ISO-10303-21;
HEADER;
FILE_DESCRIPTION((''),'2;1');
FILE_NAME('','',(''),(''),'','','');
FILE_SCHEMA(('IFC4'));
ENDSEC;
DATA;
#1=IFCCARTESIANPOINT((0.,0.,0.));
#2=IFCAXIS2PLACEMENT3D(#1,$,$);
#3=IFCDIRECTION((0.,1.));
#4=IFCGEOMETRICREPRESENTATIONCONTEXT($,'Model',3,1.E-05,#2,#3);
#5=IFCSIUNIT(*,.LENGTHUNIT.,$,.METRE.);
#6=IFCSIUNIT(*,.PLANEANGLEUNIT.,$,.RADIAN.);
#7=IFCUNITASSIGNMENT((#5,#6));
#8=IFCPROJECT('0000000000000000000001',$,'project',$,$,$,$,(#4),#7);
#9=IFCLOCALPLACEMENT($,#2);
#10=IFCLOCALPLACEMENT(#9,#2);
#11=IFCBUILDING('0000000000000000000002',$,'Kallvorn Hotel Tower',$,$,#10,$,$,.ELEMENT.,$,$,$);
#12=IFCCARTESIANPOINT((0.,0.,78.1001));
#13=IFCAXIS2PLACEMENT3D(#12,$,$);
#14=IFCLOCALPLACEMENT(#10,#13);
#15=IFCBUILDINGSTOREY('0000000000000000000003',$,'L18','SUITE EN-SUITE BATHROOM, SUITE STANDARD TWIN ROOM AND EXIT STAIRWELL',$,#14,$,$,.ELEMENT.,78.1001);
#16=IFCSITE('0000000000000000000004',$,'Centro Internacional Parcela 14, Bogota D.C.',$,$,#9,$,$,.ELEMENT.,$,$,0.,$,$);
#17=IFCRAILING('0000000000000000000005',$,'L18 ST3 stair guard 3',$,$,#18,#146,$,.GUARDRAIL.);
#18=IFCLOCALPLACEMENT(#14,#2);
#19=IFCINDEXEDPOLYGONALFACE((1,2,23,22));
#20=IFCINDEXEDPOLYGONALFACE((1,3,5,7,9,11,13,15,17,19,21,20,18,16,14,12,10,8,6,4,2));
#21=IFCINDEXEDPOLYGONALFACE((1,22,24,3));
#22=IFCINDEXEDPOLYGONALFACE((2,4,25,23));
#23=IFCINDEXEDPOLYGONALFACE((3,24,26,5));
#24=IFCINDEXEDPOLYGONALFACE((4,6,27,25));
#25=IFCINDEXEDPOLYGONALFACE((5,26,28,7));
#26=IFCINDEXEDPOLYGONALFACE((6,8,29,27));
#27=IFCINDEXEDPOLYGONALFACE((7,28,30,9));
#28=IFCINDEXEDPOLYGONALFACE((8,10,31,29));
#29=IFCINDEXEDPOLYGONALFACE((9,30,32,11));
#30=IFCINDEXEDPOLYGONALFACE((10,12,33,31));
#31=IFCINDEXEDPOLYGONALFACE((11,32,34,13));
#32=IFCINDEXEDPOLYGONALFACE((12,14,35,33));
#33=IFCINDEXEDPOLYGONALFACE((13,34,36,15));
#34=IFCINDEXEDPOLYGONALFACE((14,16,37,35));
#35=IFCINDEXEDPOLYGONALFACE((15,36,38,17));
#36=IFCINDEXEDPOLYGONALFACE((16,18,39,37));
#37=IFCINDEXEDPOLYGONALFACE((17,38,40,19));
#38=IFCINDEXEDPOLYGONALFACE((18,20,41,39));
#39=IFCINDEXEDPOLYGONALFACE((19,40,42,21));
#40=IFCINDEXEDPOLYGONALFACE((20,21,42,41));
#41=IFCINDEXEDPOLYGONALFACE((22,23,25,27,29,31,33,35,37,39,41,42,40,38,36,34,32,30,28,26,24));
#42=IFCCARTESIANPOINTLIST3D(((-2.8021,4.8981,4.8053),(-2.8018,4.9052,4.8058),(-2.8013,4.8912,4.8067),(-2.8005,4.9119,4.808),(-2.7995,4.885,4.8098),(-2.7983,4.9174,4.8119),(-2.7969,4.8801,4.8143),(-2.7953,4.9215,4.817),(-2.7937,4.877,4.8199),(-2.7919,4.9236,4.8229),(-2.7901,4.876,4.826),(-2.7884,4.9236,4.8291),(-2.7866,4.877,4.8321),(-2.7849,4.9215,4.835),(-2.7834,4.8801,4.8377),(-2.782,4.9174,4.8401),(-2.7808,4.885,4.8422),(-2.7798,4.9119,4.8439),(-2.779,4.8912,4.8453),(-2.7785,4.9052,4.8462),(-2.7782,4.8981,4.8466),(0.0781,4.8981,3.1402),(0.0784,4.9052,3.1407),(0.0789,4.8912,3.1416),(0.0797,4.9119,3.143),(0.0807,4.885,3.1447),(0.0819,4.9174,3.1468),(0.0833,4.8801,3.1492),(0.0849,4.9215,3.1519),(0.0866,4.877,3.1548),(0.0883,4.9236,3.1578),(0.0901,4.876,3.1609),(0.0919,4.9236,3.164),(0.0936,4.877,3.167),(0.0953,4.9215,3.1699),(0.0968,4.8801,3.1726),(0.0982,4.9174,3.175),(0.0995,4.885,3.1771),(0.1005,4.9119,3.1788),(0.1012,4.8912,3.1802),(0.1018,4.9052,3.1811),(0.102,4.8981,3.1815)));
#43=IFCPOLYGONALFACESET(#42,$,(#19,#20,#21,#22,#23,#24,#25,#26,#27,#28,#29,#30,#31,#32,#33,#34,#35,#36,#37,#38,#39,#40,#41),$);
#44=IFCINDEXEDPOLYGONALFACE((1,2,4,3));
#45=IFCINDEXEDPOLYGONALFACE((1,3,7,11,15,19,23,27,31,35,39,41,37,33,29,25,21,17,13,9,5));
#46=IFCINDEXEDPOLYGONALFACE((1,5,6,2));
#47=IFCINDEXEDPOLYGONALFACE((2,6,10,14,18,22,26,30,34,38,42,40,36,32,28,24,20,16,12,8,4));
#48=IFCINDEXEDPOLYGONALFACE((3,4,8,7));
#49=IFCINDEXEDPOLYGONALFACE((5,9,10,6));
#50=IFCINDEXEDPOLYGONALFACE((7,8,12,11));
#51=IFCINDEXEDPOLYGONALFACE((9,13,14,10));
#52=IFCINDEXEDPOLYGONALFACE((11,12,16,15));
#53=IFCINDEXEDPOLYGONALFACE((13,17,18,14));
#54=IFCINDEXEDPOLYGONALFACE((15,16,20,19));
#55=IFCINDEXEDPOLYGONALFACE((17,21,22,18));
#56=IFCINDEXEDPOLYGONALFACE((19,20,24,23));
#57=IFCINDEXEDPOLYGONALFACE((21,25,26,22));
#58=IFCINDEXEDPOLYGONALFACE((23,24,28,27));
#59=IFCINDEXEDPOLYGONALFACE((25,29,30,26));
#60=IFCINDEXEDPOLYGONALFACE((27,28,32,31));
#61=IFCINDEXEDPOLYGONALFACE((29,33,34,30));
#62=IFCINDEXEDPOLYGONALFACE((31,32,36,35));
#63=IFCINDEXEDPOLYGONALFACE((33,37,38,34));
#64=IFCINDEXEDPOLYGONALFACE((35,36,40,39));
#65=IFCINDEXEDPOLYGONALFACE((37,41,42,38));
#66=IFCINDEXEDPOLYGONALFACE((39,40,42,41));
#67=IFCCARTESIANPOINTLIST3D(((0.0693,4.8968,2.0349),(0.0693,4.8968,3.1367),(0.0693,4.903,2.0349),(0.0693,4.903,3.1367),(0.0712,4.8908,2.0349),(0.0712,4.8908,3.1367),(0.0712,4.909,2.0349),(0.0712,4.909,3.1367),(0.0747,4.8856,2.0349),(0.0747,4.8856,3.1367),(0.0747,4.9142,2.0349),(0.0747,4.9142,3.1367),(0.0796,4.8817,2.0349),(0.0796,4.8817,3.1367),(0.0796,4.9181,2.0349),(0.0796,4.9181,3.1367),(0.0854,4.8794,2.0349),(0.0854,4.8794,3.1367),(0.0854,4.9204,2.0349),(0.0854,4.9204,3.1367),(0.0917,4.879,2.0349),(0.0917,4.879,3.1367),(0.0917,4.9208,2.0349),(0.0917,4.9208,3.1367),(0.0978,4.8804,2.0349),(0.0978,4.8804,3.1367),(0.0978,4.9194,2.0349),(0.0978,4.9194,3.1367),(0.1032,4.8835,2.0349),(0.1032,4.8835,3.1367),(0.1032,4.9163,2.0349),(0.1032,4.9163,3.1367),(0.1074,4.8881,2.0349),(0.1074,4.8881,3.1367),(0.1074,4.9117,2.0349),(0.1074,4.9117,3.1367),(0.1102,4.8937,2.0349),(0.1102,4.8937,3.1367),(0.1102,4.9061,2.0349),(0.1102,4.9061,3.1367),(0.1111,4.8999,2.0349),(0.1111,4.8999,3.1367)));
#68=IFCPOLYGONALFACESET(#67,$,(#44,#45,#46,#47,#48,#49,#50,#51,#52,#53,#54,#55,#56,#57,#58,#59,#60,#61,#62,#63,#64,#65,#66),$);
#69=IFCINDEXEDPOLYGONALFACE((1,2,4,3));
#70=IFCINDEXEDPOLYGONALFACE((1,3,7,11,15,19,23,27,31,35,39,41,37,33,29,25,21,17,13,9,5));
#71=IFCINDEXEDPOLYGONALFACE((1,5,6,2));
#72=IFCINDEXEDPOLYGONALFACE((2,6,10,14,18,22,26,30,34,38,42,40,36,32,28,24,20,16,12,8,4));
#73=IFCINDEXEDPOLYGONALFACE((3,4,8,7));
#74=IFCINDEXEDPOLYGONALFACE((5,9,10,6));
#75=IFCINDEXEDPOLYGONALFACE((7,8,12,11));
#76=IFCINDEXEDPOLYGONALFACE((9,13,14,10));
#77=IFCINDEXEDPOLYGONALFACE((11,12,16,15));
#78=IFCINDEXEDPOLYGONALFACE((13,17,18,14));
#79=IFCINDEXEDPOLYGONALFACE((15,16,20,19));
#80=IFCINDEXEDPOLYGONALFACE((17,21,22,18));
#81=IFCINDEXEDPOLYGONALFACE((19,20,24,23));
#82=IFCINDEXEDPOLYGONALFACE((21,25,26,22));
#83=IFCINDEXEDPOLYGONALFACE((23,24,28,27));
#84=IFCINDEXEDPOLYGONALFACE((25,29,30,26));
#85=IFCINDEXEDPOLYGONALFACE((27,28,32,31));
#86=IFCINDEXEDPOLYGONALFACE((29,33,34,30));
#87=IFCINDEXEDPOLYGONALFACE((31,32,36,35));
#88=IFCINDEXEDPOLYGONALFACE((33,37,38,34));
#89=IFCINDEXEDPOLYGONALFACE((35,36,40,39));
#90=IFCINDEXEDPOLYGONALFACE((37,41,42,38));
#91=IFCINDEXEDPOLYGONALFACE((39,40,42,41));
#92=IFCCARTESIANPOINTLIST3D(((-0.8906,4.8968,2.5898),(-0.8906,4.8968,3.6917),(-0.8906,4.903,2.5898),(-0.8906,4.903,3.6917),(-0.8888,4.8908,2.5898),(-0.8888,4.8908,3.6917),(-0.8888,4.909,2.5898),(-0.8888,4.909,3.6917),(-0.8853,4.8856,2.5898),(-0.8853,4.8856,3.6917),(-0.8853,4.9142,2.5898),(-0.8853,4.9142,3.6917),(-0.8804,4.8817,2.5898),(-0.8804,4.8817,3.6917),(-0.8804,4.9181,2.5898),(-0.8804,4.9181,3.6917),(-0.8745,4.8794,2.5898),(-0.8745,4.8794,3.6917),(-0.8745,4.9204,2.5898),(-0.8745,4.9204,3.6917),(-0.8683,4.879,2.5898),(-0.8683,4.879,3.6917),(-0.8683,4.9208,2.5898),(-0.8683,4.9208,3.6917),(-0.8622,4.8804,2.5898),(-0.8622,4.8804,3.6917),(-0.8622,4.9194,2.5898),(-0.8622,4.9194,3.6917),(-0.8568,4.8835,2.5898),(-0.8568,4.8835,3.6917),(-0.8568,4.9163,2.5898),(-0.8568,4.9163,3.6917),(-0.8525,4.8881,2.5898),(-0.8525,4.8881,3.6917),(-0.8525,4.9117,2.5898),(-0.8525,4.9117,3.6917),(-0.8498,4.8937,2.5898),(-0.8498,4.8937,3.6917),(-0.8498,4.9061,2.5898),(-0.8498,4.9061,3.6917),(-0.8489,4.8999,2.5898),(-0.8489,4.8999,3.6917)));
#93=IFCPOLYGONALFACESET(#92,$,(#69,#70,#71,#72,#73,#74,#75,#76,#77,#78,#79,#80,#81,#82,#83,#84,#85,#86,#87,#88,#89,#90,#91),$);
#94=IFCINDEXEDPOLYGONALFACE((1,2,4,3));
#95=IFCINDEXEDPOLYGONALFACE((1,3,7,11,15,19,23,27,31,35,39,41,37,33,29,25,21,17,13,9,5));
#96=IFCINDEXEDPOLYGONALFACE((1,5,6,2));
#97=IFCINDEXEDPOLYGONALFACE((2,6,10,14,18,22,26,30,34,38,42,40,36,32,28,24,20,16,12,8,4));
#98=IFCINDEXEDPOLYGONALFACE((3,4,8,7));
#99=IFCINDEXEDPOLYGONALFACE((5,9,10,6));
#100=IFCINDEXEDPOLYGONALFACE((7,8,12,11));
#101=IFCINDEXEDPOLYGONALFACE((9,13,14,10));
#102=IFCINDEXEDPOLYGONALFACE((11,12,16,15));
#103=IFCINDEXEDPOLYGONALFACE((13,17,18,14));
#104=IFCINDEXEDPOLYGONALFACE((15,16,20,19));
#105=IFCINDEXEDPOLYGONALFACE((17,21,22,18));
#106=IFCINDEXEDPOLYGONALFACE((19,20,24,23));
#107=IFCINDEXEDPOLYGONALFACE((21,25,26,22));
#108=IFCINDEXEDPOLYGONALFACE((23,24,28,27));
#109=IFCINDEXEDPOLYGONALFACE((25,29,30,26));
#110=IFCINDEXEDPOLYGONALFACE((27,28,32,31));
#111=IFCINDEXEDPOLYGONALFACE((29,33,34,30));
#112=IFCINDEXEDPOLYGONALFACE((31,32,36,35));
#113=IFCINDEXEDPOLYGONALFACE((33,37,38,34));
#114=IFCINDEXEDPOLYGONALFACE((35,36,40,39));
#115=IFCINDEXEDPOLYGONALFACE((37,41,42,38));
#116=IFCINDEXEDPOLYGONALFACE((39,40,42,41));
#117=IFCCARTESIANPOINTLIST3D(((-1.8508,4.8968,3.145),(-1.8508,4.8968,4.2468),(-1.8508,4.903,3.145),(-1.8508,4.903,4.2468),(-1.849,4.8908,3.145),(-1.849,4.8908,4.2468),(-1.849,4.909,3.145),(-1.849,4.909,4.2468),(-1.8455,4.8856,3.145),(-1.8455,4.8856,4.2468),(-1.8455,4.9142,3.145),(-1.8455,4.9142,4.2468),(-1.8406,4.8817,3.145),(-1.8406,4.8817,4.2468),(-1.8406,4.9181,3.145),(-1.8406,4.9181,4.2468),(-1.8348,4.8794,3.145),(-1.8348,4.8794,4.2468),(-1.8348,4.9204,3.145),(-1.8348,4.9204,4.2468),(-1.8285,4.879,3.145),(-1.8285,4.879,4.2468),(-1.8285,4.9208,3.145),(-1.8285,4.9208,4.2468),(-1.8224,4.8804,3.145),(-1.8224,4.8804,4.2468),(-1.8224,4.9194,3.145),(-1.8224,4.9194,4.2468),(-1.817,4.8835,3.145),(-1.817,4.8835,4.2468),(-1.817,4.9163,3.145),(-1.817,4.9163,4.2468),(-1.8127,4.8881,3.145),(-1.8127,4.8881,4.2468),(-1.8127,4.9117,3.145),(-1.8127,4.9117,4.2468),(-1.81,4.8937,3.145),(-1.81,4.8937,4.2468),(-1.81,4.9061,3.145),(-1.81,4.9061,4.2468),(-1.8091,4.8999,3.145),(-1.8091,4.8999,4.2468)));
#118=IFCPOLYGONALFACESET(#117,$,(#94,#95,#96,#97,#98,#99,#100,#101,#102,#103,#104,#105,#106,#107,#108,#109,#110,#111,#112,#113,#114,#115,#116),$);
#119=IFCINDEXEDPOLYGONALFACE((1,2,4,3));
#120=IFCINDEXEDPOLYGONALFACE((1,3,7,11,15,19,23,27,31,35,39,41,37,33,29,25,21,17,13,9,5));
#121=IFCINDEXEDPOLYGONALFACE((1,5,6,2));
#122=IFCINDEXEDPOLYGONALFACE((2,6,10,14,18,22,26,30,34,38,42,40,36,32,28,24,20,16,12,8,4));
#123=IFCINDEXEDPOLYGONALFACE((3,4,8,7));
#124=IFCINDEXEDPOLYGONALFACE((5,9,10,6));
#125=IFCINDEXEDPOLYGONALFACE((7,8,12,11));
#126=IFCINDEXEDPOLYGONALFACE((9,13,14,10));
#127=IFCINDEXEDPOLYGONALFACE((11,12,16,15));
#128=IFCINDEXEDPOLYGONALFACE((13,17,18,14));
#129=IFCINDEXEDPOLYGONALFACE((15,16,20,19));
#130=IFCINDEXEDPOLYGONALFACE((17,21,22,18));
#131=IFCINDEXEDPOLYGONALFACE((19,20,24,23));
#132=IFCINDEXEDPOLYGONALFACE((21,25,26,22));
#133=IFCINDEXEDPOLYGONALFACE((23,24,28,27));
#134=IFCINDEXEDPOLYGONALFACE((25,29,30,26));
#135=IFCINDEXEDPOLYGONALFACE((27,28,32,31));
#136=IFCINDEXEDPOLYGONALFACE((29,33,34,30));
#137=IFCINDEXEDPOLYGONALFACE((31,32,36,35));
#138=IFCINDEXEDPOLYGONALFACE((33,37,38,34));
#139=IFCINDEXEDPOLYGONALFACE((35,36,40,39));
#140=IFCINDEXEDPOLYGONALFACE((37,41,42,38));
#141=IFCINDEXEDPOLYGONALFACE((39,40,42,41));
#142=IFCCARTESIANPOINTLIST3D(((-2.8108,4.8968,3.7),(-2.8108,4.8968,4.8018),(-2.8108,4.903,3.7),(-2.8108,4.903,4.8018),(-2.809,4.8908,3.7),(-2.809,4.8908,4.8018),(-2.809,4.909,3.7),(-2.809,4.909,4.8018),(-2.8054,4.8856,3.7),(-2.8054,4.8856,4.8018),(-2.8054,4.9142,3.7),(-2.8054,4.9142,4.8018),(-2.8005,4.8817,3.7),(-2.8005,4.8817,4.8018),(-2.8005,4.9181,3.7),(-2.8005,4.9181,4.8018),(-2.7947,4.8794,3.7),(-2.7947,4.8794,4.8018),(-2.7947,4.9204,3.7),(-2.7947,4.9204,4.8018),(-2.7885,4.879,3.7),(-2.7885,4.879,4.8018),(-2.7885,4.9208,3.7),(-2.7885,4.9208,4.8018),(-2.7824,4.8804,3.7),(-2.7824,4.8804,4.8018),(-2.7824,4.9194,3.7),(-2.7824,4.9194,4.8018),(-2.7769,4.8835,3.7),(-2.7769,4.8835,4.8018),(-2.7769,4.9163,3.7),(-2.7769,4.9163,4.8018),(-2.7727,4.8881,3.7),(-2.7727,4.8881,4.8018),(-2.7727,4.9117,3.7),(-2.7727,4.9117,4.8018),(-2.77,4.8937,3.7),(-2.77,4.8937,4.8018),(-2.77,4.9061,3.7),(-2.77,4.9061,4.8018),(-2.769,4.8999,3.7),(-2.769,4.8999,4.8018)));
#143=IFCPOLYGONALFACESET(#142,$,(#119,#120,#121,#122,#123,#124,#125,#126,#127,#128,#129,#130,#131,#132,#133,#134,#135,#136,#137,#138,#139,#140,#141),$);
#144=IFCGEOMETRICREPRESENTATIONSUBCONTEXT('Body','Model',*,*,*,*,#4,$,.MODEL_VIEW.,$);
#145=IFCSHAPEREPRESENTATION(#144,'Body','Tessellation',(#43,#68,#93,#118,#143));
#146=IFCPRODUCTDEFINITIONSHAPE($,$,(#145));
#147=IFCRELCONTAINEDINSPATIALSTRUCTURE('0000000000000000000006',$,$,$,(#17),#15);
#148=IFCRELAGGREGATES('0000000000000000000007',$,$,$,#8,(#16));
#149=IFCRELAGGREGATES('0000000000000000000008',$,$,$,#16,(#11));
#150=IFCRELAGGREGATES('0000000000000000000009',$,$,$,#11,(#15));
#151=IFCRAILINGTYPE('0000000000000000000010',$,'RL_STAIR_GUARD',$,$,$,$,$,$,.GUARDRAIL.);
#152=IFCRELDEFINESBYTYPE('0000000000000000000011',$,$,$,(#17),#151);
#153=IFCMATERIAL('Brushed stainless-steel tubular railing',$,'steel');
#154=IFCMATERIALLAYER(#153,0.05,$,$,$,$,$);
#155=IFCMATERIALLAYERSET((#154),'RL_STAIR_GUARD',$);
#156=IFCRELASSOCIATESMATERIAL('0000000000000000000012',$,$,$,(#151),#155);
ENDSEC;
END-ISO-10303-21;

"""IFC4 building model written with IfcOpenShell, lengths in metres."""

from ifc_helpers import new_model, si_unit, direction, frame, origin, origin_2d, place, context, subcontext, project, spatial, circle, extrude, material, layer, layer_set, type_object, element, save


model = new_model("IFC4")

# Units and contexts
model_context = context("Model", 3, precision=1e-05, world=origin(), true_north=direction((0.0, 1.0)))
body_context = subcontext(model_context, "Body", "Model", "MODEL_VIEW")
ifc_project = project(units=[si_unit("LENGTHUNIT", "METRE"), si_unit("PLANEANGLEUNIT", "RADIAN")], contexts=[model_context])

# Site, building, storey
site_placement = place(None, origin())
site = spatial("IfcSite", under=ifc_project, at=site_placement, Name="Centro Internacional Parcela 14, Bogota D.C.", CompositionType="ELEMENT", RefElevation=0.0)
building_placement = place(site_placement, origin())
building = spatial("IfcBuilding", under=site, at=building_placement, Name="Kallvorn Hotel Tower", CompositionType="ELEMENT")
storey_placement = place(building_placement, frame((0.0, 0.0, 78.1001)))
storey = spatial("IfcBuildingStorey", under=building, at=storey_placement, Name="L18", Description="SUITE EN-SUITE BATHROOM, SUITE STANDARD TWIN ROOM AND EXIT STAIRWELL", CompositionType="ELEMENT", Elevation=78.1001)

# Railing
ifc_material_1 = material(Name="Brushed stainless-steel tubular railing", Category="steel")
ifc_layer_1 = layer(ifc_material_1, 0.05)
ifc_layer_set_1 = layer_set([ifc_layer_1], Name="RL_STAIR_GUARD")
railing_type_1 = type_object("IfcRailingType", Name="RL_STAIR_GUARD", PredefinedType="GUARDRAIL", material=ifc_layer_set_1)
railing_1_placement = place(storey_placement, frame((0.0901, 4.8999, 2.0349)))
element("IfcRailing", 1, at=railing_1_placement, inside=storey, type_object=railing_type_1, Name="L18 ST3 stair guard 3", PredefinedType="GUARDRAIL", context=body_context, shape_type="SweptSolid", body=[
    extrude(circle(Radius=0.0239, at=origin_2d()), frame((0.0, 0.0, 1.126), z_axis=(-0.865739, 0.0, 0.500495), x_axis=(0.0, -1.0, 0.0)), (0.0, 0.0, 1.0), 3.3269),
    extrude(circle(Radius=0.021, at=origin_2d()), origin(), (0.0, 0.0, 1.0), 1.1018),
    extrude(circle(Radius=0.021, at=origin_2d()), frame((-0.96, 0.0, 0.5549)), (0.0, 0.0, 1.0), 1.1018),
    extrude(circle(Radius=0.021, at=origin_2d()), frame((-1.9202, 0.0, 1.1101)), (0.0, 0.0, 1.0), 1.1018),
    extrude(circle(Radius=0.021, at=origin_2d()), frame((-2.8801, 0.0, 1.665)), (0.0, 0.0, 1.0), 1.1018),
])

save(model, "model.ifc")
